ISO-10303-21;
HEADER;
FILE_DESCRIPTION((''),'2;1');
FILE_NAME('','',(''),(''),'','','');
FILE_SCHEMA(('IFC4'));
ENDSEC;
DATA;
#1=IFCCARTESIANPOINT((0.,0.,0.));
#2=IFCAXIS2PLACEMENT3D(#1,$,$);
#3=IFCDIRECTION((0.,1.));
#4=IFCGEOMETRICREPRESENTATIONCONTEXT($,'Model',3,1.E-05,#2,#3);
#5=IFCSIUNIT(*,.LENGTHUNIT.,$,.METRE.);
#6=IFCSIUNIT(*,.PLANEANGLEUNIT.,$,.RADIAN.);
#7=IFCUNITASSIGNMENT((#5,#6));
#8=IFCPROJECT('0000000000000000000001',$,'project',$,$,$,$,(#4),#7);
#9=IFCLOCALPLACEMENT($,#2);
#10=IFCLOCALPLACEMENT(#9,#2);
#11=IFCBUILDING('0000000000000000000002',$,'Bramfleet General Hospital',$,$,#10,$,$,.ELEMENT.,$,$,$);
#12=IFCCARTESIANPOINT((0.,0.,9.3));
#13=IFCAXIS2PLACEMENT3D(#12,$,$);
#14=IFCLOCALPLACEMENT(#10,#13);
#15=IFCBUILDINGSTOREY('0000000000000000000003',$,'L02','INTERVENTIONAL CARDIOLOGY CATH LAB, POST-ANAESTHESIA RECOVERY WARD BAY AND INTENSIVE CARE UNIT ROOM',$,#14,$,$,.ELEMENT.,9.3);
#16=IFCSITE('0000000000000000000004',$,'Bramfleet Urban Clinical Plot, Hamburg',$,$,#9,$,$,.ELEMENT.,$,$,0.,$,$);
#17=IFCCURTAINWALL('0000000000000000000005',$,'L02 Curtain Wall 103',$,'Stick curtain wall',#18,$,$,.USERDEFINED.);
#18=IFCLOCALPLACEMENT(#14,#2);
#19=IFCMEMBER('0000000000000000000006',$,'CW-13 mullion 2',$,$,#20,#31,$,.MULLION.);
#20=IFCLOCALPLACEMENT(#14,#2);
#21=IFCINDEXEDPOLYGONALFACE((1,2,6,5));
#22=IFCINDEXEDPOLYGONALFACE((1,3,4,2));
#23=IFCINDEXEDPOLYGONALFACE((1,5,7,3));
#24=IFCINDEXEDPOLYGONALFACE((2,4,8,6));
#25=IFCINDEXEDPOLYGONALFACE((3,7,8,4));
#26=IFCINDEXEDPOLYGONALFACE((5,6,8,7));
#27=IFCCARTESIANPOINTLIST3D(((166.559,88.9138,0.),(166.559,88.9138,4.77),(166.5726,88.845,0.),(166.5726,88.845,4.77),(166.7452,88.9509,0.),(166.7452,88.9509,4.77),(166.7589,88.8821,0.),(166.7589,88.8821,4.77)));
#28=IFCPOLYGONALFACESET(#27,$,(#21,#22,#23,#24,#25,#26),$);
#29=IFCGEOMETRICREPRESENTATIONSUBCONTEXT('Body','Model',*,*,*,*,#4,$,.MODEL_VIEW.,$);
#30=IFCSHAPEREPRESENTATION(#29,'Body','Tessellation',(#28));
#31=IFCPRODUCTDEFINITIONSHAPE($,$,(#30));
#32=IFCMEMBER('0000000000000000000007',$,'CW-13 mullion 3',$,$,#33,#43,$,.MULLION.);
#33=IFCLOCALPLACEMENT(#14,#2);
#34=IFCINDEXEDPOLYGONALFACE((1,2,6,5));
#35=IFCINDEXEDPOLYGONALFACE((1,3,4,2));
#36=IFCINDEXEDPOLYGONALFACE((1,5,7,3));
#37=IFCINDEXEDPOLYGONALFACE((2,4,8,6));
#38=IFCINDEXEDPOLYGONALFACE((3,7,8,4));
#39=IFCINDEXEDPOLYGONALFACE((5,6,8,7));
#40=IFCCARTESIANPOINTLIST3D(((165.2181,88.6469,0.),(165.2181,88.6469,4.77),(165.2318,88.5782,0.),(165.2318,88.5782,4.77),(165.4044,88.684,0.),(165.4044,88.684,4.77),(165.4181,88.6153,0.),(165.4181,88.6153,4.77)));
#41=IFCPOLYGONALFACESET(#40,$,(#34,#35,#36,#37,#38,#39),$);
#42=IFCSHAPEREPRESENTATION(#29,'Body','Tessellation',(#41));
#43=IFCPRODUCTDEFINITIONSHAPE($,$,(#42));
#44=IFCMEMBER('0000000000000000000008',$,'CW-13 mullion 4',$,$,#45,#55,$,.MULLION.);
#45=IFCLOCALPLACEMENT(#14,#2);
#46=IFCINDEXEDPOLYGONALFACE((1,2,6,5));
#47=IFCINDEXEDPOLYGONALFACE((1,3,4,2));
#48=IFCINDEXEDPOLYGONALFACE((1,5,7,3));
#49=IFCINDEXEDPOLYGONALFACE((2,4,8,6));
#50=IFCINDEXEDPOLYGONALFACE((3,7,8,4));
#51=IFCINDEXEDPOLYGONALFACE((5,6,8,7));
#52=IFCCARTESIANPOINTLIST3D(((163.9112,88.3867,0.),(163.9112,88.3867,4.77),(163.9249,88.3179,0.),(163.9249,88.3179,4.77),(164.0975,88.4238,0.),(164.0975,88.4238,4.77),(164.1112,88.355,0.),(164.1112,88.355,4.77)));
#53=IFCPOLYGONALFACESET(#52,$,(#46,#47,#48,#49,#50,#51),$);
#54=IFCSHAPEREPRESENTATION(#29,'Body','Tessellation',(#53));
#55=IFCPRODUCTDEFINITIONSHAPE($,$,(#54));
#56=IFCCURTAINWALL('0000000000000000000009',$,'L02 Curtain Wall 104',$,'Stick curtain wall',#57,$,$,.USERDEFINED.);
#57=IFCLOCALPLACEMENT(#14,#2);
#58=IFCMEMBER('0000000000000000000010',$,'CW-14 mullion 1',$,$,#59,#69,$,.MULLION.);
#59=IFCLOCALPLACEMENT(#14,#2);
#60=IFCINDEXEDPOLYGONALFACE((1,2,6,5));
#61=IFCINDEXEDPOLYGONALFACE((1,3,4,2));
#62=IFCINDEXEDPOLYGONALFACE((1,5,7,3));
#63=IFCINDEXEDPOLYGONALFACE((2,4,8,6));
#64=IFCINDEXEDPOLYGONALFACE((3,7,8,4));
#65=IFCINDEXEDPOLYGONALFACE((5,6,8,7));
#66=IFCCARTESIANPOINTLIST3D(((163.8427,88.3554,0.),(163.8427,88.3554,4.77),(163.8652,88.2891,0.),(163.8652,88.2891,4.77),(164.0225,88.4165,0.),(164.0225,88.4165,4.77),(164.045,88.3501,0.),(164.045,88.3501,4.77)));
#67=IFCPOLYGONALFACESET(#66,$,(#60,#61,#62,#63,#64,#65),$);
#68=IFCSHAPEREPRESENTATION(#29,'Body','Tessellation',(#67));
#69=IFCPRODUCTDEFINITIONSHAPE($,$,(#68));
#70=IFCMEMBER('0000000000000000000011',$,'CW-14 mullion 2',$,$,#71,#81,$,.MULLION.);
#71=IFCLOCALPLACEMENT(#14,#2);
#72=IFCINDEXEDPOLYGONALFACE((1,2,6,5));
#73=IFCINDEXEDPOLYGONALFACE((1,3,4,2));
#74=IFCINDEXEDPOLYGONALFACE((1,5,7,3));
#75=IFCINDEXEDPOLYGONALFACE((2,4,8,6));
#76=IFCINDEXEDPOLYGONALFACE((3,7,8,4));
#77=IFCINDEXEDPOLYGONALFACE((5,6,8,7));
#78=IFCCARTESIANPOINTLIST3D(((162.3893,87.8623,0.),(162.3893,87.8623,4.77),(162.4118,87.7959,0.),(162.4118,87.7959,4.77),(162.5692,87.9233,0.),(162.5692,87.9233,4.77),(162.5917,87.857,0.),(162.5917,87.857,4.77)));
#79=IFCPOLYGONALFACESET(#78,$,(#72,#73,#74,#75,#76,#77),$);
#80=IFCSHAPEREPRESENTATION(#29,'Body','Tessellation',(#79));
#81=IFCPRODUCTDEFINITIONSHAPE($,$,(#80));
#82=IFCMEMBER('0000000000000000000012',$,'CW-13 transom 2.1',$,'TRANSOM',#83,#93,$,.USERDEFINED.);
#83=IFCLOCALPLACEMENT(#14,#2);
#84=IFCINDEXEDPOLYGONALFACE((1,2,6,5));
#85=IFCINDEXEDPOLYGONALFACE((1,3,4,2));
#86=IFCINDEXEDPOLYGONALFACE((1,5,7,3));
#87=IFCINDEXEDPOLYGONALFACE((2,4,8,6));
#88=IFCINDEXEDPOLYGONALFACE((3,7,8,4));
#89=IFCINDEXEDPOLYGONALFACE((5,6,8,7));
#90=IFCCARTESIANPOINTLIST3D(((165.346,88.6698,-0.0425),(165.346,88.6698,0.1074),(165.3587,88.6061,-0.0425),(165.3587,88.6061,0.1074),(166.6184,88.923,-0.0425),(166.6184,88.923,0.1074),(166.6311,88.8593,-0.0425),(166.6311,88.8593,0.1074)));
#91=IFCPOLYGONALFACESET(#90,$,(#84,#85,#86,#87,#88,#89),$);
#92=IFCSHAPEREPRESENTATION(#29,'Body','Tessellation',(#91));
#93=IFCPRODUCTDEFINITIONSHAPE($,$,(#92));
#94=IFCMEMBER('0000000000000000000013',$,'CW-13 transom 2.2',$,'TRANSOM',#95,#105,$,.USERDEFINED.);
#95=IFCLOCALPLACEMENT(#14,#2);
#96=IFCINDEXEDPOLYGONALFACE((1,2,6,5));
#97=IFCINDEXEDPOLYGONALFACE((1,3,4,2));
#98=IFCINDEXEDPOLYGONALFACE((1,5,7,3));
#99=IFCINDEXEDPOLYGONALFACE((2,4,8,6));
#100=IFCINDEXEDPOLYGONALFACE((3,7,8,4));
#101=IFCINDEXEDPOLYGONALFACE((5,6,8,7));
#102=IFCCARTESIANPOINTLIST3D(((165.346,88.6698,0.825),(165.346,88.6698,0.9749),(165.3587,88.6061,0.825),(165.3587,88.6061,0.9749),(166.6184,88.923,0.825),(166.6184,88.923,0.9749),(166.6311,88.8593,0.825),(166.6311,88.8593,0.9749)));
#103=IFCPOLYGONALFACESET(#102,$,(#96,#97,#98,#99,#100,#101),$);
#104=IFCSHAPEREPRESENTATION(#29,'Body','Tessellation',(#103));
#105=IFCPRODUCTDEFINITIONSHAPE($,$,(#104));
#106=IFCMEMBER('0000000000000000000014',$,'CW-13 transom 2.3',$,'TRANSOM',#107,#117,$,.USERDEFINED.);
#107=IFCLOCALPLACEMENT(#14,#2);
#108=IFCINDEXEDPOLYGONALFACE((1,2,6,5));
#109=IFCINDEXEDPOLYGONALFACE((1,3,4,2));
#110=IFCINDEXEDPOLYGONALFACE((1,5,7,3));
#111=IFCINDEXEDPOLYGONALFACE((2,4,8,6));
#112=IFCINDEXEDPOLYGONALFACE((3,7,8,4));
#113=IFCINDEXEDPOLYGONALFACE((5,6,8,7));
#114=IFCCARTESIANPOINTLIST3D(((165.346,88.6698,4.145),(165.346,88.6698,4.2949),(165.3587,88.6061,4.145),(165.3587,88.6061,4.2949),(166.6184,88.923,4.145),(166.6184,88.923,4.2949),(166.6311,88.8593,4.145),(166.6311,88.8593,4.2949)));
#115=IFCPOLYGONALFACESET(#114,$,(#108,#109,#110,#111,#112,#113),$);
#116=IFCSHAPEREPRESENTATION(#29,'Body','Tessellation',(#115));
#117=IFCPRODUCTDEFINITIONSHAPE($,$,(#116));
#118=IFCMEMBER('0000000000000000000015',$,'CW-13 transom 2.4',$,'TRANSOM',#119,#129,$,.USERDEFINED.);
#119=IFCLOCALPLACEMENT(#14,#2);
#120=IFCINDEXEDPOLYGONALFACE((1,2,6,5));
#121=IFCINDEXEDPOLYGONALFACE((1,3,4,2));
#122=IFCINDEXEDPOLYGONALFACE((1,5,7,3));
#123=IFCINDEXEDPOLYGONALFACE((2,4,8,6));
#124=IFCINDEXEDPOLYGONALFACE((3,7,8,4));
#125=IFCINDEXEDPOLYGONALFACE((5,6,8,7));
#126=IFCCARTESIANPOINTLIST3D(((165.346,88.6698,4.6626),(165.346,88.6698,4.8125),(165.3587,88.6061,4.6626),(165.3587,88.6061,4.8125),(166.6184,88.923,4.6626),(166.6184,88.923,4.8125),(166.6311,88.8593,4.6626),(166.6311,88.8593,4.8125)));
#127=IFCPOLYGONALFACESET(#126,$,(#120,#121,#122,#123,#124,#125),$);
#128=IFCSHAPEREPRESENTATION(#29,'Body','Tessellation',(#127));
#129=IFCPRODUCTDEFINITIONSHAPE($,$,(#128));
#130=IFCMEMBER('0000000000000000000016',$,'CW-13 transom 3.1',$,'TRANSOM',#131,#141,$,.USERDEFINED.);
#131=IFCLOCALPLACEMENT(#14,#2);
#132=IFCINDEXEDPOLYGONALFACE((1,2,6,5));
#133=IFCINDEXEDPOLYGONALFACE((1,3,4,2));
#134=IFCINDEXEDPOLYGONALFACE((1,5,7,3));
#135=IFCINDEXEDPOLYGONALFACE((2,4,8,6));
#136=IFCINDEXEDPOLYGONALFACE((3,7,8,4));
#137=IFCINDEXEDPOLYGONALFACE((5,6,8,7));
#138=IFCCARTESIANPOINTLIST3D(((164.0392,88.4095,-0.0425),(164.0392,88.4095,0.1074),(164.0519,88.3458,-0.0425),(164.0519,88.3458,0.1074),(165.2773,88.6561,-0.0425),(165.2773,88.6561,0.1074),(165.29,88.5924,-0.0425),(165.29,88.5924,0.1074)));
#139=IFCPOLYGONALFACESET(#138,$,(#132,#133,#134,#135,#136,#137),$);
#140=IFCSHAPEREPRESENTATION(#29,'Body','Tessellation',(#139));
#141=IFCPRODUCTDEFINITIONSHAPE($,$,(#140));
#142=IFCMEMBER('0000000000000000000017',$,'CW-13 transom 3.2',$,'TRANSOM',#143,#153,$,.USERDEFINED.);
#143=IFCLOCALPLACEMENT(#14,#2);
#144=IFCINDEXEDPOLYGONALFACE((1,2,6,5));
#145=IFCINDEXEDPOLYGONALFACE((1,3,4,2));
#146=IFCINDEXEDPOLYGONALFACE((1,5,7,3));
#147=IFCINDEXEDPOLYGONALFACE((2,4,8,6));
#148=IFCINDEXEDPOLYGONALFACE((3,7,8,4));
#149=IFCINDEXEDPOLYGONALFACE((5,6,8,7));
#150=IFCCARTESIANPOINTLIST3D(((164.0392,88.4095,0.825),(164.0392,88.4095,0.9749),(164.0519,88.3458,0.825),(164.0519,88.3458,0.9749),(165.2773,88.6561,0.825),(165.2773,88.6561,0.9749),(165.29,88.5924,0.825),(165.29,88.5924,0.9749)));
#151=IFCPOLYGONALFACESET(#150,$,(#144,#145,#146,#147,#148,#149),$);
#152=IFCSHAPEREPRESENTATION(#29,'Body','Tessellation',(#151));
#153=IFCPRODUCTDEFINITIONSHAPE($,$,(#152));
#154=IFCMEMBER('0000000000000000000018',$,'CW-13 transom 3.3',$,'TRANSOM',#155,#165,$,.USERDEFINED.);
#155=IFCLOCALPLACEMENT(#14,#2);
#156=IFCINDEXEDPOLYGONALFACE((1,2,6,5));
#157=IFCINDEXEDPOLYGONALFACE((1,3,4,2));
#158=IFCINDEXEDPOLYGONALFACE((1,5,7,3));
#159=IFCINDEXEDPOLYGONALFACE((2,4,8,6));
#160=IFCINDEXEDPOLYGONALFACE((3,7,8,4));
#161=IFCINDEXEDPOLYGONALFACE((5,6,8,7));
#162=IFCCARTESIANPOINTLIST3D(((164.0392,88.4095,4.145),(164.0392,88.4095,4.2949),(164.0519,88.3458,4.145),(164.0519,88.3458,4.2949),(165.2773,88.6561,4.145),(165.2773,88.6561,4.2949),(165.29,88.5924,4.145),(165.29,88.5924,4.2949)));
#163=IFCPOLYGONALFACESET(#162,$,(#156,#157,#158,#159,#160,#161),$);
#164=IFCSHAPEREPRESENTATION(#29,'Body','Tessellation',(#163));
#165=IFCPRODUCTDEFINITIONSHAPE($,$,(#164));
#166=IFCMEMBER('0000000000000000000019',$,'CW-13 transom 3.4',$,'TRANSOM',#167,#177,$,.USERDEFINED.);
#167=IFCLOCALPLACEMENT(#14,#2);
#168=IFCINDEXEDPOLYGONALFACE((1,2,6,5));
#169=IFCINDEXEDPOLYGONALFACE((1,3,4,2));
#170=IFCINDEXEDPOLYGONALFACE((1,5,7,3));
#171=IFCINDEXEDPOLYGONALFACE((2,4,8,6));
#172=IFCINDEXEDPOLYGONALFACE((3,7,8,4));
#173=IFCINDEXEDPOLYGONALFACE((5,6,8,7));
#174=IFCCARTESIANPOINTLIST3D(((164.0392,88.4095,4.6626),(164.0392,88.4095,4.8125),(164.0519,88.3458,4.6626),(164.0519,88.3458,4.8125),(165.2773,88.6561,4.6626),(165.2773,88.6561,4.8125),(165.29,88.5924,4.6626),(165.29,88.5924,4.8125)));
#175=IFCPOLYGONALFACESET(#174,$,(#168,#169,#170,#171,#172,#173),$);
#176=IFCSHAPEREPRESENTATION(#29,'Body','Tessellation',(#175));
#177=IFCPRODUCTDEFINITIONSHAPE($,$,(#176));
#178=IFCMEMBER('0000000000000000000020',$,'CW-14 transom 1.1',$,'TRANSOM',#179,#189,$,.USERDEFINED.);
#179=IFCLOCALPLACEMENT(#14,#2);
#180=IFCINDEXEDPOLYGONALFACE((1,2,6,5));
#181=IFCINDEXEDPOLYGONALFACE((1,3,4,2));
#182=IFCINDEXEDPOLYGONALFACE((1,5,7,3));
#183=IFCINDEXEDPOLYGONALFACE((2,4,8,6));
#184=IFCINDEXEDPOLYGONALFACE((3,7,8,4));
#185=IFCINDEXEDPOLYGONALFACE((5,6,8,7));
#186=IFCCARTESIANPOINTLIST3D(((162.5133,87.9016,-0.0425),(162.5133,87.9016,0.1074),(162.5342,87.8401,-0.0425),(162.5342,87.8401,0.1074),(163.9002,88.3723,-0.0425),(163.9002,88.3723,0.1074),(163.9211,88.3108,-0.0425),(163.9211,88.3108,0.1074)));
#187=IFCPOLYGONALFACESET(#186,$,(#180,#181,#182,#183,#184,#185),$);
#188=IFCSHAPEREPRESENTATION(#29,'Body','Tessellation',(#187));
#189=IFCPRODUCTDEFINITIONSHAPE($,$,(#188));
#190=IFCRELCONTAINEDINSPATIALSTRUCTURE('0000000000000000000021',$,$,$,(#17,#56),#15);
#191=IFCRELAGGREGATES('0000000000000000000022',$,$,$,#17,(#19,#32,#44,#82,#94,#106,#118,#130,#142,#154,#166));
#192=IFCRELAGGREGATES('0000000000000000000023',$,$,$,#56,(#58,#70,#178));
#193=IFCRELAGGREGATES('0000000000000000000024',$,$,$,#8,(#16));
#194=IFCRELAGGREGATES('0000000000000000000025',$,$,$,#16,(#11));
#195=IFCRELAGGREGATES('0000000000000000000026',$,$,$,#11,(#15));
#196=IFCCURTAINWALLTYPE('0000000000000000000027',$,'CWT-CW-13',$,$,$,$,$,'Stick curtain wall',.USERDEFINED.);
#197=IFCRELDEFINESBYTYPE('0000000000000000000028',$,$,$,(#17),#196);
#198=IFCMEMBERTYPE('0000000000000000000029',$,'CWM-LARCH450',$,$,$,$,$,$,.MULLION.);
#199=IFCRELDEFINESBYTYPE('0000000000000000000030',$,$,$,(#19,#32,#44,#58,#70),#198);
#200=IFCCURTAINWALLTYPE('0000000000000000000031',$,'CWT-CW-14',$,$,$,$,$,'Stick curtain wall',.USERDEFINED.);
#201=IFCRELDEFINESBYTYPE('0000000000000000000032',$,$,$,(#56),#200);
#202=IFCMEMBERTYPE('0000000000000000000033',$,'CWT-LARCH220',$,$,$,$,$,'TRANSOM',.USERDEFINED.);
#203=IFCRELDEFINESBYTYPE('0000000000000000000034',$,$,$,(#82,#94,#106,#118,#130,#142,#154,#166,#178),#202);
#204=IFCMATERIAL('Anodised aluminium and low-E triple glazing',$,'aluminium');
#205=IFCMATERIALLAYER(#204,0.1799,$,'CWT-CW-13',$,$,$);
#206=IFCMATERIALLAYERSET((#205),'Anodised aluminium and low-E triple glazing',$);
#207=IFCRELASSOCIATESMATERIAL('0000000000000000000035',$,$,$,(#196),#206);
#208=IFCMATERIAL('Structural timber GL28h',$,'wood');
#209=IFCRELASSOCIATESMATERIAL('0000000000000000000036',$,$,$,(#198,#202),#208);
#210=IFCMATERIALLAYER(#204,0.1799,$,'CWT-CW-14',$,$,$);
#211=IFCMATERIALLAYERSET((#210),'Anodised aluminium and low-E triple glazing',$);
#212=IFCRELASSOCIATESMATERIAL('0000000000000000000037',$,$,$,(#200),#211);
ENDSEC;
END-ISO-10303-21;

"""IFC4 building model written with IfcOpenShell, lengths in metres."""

from ifc_helpers import new_model, si_unit, direction, frame, origin, origin_2d, place, context, subcontext, project, spatial, rectangle, extrude, material, layer, layer_set, material_profile, profile_set, type_object, element, aggregate, save


model = new_model("IFC4")

# Units and contexts
model_context = context("Model", 3, precision=1e-05, world=origin(), true_north=direction((0.0, 1.0)))
body_context = subcontext(model_context, "Body", "Model", "MODEL_VIEW")
ifc_project = project(units=[si_unit("LENGTHUNIT", "METRE"), si_unit("PLANEANGLEUNIT", "RADIAN")], contexts=[model_context])

# Site, building, storey
site_placement = place(None, origin())
site = spatial("IfcSite", under=ifc_project, at=site_placement, Name="Bramfleet Urban Clinical Plot, Hamburg", CompositionType="ELEMENT", RefElevation=0.0)
building_placement = place(site_placement, origin())
building = spatial("IfcBuilding", under=site, at=building_placement, Name="Bramfleet General Hospital", CompositionType="ELEMENT")
storey_placement = place(building_placement, frame((0.0, 0.0, 9.3)))
storey = spatial("IfcBuildingStorey", under=building, at=storey_placement, Name="L02", Description="INTERVENTIONAL CARDIOLOGY CATH LAB, POST-ANAESTHESIA RECOVERY WARD BAY AND INTENSIVE CARE UNIT ROOM", CompositionType="ELEMENT", Elevation=9.3)

# Curtain walls, members
ifc_material_1 = material(Name="Anodised aluminium and low-E triple glazing", Category="aluminium")
ifc_layer_1 = layer(ifc_material_1, 0.1799, Name="CWT-CW-13")
ifc_layer_set_1 = layer_set([ifc_layer_1], Name="Anodised aluminium and low-E triple glazing")
curtain_wall_type_1 = type_object("IfcCurtainWallType", Name="CWT-CW-13", ElementType="Stick curtain wall", PredefinedType="USERDEFINED", material=ifc_layer_set_1)
curtain_wall_1_placement = place(storey_placement, origin())
curtain_wall_1 = element("IfcCurtainWall", 1, at=curtain_wall_1_placement, inside=storey, type_object=curtain_wall_type_1, Name="L02 Curtain Wall 103", ObjectType="Stick curtain wall", PredefinedType="USERDEFINED")
ifc_material_2 = material(Name="Structural timber GL28h", Category="wood")
ifc_material_profile_1 = material_profile(ifc_material_2, rectangle(XDim=0.0701, YDim=0.1899, at=origin_2d()), Name="LARCH 190x70")
ifc_profile_set_1 = profile_set([ifc_material_profile_1], Name="Structural timber GL28h")
member_type_1 = type_object("IfcMemberType", Name="CWM-LARCH450", PredefinedType="MULLION", material=ifc_profile_set_1)
member_1_placement = place(storey_placement, frame((166.6589, 88.8979, 0.0), z_axis=(0.0, 0.0, 1.0), x_axis=(0.195272, -0.980749, 0.0)))
member_1 = element("IfcMember", 2, at=member_1_placement, type_object=member_type_1, Name="CW-13 mullion 2", PredefinedType="MULLION", context=body_context, shape_type="SweptSolid", body=[
    extrude(rectangle(XDim=0.0701, YDim=0.1899, at=origin_2d()), origin(), (0.0, 0.0, 1.0), 4.77),
])
member_2_placement = place(storey_placement, frame((165.3181, 88.6311, 0.0), z_axis=(0.0, 0.0, 1.0), x_axis=(0.195272, -0.980749, 0.0)))
member_2 = element("IfcMember", 3, at=member_2_placement, type_object=member_type_1, Name="CW-13 mullion 3", PredefinedType="MULLION", context=body_context, shape_type="SweptSolid", body=[
    extrude(rectangle(XDim=0.0701, YDim=0.1899, at=origin_2d()), origin(), (0.0, 0.0, 1.0), 4.77),
])
member_3_placement = place(storey_placement, frame((164.0112, 88.3708, 0.0), z_axis=(0.0, 0.0, 1.0), x_axis=(0.195272, -0.980749, 0.0)))
member_3 = element("IfcMember", 4, at=member_3_placement, type_object=member_type_1, Name="CW-13 mullion 4", PredefinedType="MULLION", context=body_context, shape_type="SweptSolid", body=[
    extrude(rectangle(XDim=0.0701, YDim=0.1899, at=origin_2d()), origin(), (0.0, 0.0, 1.0), 4.77),
])
ifc_layer_2 = layer(ifc_material_1, 0.1799, Name="CWT-CW-14")
ifc_layer_set_2 = layer_set([ifc_layer_2], Name="Anodised aluminium and low-E triple glazing")
curtain_wall_type_2 = type_object("IfcCurtainWallType", Name="CWT-CW-14", ElementType="Stick curtain wall", PredefinedType="USERDEFINED", material=ifc_layer_set_2)
curtain_wall_2_placement = place(storey_placement, origin())
curtain_wall_2 = element("IfcCurtainWall", 5, at=curtain_wall_2_placement, inside=storey, type_object=curtain_wall_type_2, Name="L02 Curtain Wall 104", ObjectType="Stick curtain wall", PredefinedType="USERDEFINED")
member_4_placement = place(storey_placement, frame((163.9438, 88.3528, 0.0), z_axis=(0.0, 0.0, 1.0), x_axis=(0.321383, -0.946949, 0.0)))
member_4 = element("IfcMember", 6, at=member_4_placement, type_object=member_type_1, Name="CW-14 mullion 1", PredefinedType="MULLION", context=body_context, shape_type="SweptSolid", body=[
    extrude(rectangle(XDim=0.0701, YDim=0.1899, at=origin_2d()), origin(), (0.0, 0.0, 1.0), 4.77),
])
member_5_placement = place(storey_placement, frame((162.4905, 87.8596, 0.0), z_axis=(0.0, 0.0, 1.0), x_axis=(0.321383, -0.946949, 0.0)))
member_5 = element("IfcMember", 7, at=member_5_placement, type_object=member_type_1, Name="CW-14 mullion 2", PredefinedType="MULLION", context=body_context, shape_type="SweptSolid", body=[
    extrude(rectangle(XDim=0.0701, YDim=0.1899, at=origin_2d()), origin(), (0.0, 0.0, 1.0), 4.77),
])

# Members
ifc_material_profile_2 = material_profile(ifc_material_2, rectangle(XDim=0.0649, YDim=0.1499, at=origin_2d()), Name="LARCH 150x65")
ifc_profile_set_2 = profile_set([ifc_material_profile_2], Name="Structural timber GL28h")
member_type_2 = type_object("IfcMemberType", Name="CWT-LARCH220", ElementType="TRANSOM", PredefinedType="USERDEFINED", material=ifc_profile_set_2)
member_6_placement = place(storey_placement, frame((166.6248, 88.8911, 0.0325), z_axis=(-0.980776, -0.195139, 0.0), x_axis=(0.195139, -0.980776, 0.0)))
member_6 = element("IfcMember", 8, at=member_6_placement, type_object=member_type_2, Name="CW-13 transom 2.1", ObjectType="TRANSOM", PredefinedType="USERDEFINED", context=body_context, shape_type="SweptSolid", body=[
    extrude(rectangle(XDim=0.0649, YDim=0.1499, at=origin_2d()), origin(), (0.0, 0.0, 1.0), 1.2974),
])
member_7_placement = place(storey_placement, frame((166.6248, 88.8911, 0.8999), z_axis=(-0.980776, -0.195139, 0.0), x_axis=(0.195139, -0.980776, 0.0)))
member_7 = element("IfcMember", 9, at=member_7_placement, type_object=member_type_2, Name="CW-13 transom 2.2", ObjectType="TRANSOM", PredefinedType="USERDEFINED", context=body_context, shape_type="SweptSolid", body=[
    extrude(rectangle(XDim=0.0649, YDim=0.1499, at=origin_2d()), origin(), (0.0, 0.0, 1.0), 1.2974),
])
member_8_placement = place(storey_placement, frame((166.6248, 88.8911, 4.22), z_axis=(-0.980776, -0.195139, 0.0), x_axis=(0.195139, -0.980776, 0.0)))
member_8 = element("IfcMember", 10, at=member_8_placement, type_object=member_type_2, Name="CW-13 transom 2.3", ObjectType="TRANSOM", PredefinedType="USERDEFINED", context=body_context, shape_type="SweptSolid", body=[
    extrude(rectangle(XDim=0.0649, YDim=0.1499, at=origin_2d()), origin(), (0.0, 0.0, 1.0), 1.2974),
])
member_9_placement = place(storey_placement, frame((166.6248, 88.8911, 4.7375), z_axis=(-0.980776, -0.195139, 0.0), x_axis=(0.195139, -0.980776, 0.0)))
member_9 = element("IfcMember", 11, at=member_9_placement, type_object=member_type_2, Name="CW-13 transom 2.4", ObjectType="TRANSOM", PredefinedType="USERDEFINED", context=body_context, shape_type="SweptSolid", body=[
    extrude(rectangle(XDim=0.0649, YDim=0.1499, at=origin_2d()), origin(), (0.0, 0.0, 1.0), 1.2974),
])
member_10_placement = place(storey_placement, frame((165.2837, 88.6243, 0.0325), z_axis=(-0.980737, -0.195335, 0.0), x_axis=(0.195335, -0.980737, 0.0)))
member_10 = element("IfcMember", 12, at=member_10_placement, type_object=member_type_2, Name="CW-13 transom 3.1", ObjectType="TRANSOM", PredefinedType="USERDEFINED", context=body_context, shape_type="SweptSolid", body=[
    extrude(rectangle(XDim=0.0649, YDim=0.1499, at=origin_2d()), origin(), (0.0, 0.0, 1.0), 1.2625),
])
member_11_placement = place(storey_placement, frame((165.2837, 88.6243, 0.8999), z_axis=(-0.980737, -0.195335, 0.0), x_axis=(0.195335, -0.980737, 0.0)))
member_11 = element("IfcMember", 13, at=member_11_placement, type_object=member_type_2, Name="CW-13 transom 3.2", ObjectType="TRANSOM", PredefinedType="USERDEFINED", context=body_context, shape_type="SweptSolid", body=[
    extrude(rectangle(XDim=0.0649, YDim=0.1499, at=origin_2d()), origin(), (0.0, 0.0, 1.0), 1.2625),
])
member_12_placement = place(storey_placement, frame((165.2837, 88.6243, 4.22), z_axis=(-0.980737, -0.195335, 0.0), x_axis=(0.195335, -0.980737, 0.0)))
member_12 = element("IfcMember", 14, at=member_12_placement, type_object=member_type_2, Name="CW-13 transom 3.3", ObjectType="TRANSOM", PredefinedType="USERDEFINED", context=body_context, shape_type="SweptSolid", body=[
    extrude(rectangle(XDim=0.0649, YDim=0.1499, at=origin_2d()), origin(), (0.0, 0.0, 1.0), 1.2625),
])
member_13_placement = place(storey_placement, frame((165.2837, 88.6243, 4.7375), z_axis=(-0.980737, -0.195335, 0.0), x_axis=(0.195335, -0.980737, 0.0)))
member_13 = element("IfcMember", 15, at=member_13_placement, type_object=member_type_2, Name="CW-13 transom 3.4", ObjectType="TRANSOM", PredefinedType="USERDEFINED", context=body_context, shape_type="SweptSolid", body=[
    extrude(rectangle(XDim=0.0649, YDim=0.1499, at=origin_2d()), origin(), (0.0, 0.0, 1.0), 1.2625),
])
member_14_placement = place(storey_placement, frame((163.9106, 88.3416, 0.0325), z_axis=(-0.946952, -0.321374, 0.0), x_axis=(0.321374, -0.946952, 0.0)))
member_14 = element("IfcMember", 16, at=member_14_placement, type_object=member_type_2, Name="CW-14 transom 1.1", ObjectType="TRANSOM", PredefinedType="USERDEFINED", context=body_context, shape_type="SweptSolid", body=[
    extrude(rectangle(XDim=0.0649, YDim=0.1499, at=origin_2d()), origin(), (0.0, 0.0, 1.0), 1.4646),
])

aggregate(curtain_wall_1, [member_1, member_2, member_3, member_6, member_7, member_8, member_9, member_10, member_11, member_12, member_13])
aggregate(curtain_wall_2, [member_4, member_5, member_14])

save(model, "model.ifc")
